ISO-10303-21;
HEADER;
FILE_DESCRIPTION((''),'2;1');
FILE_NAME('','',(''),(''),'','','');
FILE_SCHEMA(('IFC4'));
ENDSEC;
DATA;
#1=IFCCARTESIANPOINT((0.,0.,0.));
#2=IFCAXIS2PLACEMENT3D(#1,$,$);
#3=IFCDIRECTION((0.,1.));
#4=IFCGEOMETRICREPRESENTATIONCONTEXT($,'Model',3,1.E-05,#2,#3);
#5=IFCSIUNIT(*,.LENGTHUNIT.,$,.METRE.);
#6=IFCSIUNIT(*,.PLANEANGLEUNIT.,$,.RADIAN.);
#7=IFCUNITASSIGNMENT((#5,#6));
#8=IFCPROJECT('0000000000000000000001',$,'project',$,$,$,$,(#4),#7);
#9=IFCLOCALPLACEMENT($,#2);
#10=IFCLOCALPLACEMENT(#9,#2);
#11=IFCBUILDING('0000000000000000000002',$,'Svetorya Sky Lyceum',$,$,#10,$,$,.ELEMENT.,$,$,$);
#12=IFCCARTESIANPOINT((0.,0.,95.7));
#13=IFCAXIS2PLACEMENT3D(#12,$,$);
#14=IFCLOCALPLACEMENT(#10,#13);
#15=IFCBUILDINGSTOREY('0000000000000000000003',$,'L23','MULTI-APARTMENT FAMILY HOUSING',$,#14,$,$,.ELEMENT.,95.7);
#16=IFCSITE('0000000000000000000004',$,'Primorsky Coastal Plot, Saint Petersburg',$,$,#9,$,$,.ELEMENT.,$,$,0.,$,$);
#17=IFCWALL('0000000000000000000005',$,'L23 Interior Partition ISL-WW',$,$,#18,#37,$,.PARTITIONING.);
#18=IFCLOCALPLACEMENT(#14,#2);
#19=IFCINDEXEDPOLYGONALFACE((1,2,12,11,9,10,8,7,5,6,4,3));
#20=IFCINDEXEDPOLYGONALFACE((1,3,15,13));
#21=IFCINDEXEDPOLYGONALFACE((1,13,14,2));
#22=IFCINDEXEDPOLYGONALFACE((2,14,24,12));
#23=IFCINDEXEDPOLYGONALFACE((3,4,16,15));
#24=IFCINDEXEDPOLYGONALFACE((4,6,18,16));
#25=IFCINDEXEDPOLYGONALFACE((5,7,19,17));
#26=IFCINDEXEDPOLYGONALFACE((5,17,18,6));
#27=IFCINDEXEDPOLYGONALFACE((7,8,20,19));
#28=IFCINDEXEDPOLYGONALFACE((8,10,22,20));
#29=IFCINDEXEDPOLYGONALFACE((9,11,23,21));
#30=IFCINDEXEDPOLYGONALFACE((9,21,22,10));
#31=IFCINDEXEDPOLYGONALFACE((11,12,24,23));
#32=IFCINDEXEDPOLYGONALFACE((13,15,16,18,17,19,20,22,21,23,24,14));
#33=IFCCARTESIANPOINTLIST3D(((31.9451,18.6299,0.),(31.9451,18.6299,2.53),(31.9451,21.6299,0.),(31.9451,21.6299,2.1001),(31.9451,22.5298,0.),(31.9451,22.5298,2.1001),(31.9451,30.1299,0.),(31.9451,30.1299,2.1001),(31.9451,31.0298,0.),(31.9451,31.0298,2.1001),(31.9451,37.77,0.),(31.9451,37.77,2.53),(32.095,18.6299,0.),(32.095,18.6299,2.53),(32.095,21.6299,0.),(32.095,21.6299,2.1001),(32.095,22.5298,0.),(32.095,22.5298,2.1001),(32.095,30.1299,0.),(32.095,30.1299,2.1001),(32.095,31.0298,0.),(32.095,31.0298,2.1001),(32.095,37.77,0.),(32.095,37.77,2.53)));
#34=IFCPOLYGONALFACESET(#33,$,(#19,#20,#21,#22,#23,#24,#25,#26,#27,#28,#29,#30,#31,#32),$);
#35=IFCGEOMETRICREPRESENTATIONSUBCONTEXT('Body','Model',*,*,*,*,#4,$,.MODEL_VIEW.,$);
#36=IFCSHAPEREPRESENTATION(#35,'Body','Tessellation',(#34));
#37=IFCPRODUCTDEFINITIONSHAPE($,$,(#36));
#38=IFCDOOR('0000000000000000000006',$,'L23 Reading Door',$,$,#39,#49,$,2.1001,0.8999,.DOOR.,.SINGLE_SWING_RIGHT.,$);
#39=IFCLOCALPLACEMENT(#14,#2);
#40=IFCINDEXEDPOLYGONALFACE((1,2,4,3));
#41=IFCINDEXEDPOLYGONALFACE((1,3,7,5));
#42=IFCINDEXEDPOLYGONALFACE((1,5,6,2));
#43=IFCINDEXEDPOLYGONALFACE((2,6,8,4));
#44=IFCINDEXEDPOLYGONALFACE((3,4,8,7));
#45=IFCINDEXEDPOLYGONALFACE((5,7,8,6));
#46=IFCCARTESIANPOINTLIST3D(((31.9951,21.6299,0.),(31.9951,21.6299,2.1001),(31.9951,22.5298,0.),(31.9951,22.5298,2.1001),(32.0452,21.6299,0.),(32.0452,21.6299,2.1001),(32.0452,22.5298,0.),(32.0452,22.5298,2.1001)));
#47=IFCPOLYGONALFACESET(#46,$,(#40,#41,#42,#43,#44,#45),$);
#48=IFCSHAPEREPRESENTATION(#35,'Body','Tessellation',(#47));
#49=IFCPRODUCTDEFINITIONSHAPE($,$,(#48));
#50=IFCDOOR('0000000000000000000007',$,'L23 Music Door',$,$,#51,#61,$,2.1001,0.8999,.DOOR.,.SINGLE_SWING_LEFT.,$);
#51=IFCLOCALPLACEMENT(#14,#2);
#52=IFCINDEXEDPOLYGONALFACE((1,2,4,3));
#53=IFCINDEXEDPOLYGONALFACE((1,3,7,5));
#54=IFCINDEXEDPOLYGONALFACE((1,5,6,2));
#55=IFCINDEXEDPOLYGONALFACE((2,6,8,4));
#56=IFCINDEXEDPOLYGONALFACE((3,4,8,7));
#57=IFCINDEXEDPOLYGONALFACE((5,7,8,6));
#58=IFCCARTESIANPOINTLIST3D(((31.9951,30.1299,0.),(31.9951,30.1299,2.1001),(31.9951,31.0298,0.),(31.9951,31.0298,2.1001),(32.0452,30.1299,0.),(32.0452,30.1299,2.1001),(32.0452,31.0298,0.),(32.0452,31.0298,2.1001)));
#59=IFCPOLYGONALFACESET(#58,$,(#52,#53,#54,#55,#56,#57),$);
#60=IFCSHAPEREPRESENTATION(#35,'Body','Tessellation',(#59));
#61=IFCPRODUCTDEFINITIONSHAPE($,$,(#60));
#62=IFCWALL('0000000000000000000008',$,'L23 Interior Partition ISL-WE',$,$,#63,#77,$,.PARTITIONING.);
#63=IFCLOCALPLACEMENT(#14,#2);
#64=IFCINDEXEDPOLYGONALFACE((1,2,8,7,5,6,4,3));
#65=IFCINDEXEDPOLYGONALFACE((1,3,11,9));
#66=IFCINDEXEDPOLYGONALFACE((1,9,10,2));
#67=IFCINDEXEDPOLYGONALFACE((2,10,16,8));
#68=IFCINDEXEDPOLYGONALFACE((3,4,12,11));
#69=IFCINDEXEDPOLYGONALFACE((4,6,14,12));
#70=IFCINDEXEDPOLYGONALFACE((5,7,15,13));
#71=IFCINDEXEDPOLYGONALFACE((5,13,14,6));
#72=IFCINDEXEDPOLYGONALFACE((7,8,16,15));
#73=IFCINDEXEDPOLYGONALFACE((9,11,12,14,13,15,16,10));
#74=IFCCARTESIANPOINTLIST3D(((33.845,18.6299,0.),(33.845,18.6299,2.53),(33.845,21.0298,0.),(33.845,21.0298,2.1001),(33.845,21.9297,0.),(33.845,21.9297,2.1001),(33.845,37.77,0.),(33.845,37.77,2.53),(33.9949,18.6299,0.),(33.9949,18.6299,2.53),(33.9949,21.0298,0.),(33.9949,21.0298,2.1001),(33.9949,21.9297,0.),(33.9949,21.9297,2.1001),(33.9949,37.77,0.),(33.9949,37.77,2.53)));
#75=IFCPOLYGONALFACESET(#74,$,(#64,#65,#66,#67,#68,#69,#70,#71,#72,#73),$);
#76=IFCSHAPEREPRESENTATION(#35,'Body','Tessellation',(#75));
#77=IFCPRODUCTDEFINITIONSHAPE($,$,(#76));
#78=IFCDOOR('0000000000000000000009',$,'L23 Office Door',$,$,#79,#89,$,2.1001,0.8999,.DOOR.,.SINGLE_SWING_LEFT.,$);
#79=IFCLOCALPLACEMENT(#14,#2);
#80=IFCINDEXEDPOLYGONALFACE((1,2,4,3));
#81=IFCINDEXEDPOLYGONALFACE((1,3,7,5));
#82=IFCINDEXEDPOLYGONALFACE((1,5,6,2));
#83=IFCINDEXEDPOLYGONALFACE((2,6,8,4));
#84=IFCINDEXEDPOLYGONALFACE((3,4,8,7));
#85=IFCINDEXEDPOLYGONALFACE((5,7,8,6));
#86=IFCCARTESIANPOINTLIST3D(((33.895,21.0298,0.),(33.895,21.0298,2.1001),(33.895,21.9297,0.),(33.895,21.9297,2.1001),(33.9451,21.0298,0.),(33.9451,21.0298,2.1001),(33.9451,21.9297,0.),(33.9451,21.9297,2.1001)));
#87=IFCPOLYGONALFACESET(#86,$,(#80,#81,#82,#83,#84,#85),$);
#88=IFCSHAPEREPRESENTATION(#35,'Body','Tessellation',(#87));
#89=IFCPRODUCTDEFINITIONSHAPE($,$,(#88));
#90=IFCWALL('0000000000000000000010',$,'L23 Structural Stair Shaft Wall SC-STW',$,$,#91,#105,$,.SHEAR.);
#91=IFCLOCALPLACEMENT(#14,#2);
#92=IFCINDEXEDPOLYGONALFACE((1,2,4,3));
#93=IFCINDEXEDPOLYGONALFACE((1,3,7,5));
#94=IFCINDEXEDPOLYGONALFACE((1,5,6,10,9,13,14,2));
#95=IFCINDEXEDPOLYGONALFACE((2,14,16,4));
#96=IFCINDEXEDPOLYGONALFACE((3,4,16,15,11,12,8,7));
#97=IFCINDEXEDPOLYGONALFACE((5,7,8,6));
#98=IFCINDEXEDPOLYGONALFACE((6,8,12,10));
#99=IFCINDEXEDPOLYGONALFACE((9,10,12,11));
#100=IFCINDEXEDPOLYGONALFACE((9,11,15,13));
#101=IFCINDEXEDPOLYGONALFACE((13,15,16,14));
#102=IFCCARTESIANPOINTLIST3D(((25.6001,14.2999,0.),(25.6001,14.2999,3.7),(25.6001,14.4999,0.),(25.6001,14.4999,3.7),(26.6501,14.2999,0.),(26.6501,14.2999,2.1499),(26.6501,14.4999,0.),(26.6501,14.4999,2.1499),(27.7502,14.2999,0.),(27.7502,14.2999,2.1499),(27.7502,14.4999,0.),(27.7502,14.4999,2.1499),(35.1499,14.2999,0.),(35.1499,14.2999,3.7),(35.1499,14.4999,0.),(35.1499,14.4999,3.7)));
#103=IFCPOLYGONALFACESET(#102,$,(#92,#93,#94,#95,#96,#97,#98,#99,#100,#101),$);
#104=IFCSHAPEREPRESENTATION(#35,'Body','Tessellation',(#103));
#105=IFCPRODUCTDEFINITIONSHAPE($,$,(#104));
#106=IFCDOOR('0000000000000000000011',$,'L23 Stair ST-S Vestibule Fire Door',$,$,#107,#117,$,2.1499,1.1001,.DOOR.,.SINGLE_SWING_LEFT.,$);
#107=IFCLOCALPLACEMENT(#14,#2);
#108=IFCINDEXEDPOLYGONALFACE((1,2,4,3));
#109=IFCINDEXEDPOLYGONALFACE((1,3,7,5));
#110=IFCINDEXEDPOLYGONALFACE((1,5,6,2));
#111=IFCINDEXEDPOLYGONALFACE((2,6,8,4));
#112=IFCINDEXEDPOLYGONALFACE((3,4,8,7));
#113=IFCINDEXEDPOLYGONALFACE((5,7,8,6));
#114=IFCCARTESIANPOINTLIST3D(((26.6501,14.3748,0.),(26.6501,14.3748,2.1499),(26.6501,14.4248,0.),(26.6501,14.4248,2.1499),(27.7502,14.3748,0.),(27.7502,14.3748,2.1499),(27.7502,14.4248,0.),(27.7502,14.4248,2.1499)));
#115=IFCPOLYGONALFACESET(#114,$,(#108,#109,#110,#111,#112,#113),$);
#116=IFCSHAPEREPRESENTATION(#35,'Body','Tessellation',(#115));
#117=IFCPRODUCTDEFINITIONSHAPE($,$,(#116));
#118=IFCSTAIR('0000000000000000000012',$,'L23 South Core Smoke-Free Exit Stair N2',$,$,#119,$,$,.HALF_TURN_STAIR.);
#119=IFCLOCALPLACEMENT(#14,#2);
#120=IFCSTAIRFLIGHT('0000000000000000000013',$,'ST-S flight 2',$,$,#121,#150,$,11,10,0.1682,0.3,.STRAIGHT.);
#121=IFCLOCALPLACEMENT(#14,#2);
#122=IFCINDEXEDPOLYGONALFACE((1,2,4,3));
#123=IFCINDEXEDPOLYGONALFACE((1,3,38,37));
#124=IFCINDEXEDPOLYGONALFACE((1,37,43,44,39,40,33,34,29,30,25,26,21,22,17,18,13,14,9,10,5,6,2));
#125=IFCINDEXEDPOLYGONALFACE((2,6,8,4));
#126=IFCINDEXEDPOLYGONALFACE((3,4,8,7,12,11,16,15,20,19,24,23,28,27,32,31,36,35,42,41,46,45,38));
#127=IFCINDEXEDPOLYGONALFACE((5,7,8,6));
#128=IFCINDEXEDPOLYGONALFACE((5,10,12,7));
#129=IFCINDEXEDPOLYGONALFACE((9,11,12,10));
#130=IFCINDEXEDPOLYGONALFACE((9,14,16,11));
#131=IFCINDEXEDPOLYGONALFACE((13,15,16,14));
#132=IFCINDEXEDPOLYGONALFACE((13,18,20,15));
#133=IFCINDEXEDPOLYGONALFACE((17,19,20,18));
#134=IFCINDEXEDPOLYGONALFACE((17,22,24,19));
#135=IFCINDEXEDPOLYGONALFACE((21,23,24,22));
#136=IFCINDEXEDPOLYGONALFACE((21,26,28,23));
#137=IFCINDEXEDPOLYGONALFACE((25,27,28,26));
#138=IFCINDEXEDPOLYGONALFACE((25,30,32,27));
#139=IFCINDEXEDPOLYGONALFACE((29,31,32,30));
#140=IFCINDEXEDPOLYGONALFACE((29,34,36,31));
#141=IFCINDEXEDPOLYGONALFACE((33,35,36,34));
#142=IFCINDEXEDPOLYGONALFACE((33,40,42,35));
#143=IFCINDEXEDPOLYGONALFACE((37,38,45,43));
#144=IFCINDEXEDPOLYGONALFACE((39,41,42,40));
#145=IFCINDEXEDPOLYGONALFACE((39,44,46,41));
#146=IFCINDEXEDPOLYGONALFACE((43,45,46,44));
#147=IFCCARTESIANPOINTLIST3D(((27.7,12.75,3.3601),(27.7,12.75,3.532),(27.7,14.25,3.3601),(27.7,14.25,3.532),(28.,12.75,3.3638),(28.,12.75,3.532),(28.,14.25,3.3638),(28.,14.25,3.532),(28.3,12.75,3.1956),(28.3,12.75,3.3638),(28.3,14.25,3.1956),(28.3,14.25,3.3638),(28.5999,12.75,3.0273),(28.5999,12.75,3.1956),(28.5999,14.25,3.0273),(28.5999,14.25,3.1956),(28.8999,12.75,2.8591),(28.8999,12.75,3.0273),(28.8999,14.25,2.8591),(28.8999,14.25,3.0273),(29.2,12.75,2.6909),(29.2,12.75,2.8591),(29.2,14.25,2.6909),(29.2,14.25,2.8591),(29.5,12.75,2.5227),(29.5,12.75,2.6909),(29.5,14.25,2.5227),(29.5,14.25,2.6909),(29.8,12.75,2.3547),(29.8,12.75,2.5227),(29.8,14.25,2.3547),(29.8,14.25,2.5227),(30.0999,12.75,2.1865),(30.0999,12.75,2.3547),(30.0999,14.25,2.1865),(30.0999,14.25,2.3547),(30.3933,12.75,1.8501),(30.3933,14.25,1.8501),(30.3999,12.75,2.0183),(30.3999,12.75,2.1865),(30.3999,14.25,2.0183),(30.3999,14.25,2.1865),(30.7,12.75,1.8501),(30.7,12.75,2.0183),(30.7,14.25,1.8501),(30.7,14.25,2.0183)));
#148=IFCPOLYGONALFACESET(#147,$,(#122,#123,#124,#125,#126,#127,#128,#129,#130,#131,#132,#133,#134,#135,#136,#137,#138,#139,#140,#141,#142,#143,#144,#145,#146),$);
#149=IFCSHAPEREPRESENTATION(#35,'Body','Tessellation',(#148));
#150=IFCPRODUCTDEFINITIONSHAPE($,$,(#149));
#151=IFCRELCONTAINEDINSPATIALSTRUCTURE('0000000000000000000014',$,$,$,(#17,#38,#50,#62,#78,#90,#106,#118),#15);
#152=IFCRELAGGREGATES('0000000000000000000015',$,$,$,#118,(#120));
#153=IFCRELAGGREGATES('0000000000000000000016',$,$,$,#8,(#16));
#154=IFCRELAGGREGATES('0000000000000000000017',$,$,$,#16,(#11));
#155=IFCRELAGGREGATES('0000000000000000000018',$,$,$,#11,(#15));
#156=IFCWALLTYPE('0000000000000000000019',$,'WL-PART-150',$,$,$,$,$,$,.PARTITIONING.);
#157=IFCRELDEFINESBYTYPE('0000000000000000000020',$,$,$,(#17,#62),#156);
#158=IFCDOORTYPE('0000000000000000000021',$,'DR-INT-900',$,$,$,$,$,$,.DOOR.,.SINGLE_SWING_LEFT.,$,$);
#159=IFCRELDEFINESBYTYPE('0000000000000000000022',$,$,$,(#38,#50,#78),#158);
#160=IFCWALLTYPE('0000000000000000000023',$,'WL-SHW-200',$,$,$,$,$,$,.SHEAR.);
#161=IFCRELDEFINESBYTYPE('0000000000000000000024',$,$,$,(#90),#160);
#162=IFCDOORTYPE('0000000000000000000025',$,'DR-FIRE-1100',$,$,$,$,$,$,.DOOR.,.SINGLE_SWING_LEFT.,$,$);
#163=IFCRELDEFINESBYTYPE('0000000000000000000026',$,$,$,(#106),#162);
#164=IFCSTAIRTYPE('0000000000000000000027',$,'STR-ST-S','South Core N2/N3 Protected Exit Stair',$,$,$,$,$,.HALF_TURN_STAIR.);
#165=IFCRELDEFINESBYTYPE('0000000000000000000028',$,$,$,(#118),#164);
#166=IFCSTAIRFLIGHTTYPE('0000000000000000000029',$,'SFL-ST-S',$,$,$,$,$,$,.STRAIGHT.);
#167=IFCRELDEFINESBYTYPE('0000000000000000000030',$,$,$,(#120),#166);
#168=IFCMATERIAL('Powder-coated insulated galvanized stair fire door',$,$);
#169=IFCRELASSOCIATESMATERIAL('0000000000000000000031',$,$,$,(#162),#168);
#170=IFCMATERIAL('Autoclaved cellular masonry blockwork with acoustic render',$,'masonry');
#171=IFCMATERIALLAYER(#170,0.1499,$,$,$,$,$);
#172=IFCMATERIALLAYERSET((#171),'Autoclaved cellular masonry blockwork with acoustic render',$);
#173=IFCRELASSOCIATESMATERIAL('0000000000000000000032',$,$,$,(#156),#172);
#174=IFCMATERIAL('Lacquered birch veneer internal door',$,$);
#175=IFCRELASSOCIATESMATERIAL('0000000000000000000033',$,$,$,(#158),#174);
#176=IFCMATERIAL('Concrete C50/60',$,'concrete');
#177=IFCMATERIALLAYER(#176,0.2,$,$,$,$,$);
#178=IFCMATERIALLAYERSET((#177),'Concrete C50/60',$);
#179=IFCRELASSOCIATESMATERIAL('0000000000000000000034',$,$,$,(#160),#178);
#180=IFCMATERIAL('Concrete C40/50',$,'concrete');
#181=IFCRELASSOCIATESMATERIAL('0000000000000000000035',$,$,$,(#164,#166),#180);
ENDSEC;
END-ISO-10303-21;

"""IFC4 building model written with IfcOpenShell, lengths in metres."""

from ifc_helpers import new_model, si_unit, direction, frame, frame_2d, origin, place, context, subcontext, project, spatial, polyline, rectangle, outline, extrude, material, layer, layer_set, type_object, element, fill, aggregate, save


model = new_model("IFC4")

# Units and contexts
model_context = context("Model", 3, precision=1e-05, world=origin(), true_north=direction((0.0, 1.0)))
body_context = subcontext(model_context, "Body", "Model", "MODEL_VIEW")
ifc_project = project(units=[si_unit("LENGTHUNIT", "METRE"), si_unit("PLANEANGLEUNIT", "RADIAN")], contexts=[model_context])

# Site, building, storey
site_placement = place(None, origin())
site = spatial("IfcSite", under=ifc_project, at=site_placement, Name="Primorsky Coastal Plot, Saint Petersburg", CompositionType="ELEMENT", RefElevation=0.0)
building_placement = place(site_placement, origin())
building = spatial("IfcBuilding", under=site, at=building_placement, Name="Svetorya Sky Lyceum", CompositionType="ELEMENT")
storey_placement = place(building_placement, frame((0.0, 0.0, 95.7)))
storey = spatial("IfcBuildingStorey", under=building, at=storey_placement, Name="L23", Description="MULTI-APARTMENT FAMILY HOUSING", CompositionType="ELEMENT", Elevation=95.7)

# Shared definitions
ifc_material_1 = material(Name="Concrete C50/60", Category="concrete")

# Shared definitions
ifc_material_2 = material(Name="Powder-coated insulated galvanized stair fire door")
door_type_1 = type_object("IfcDoorType", Name="DR-FIRE-1100", OperationType="SINGLE_SWING_LEFT", PredefinedType="DOOR", material=ifc_material_2)

# Shared definitions
ifc_material_3 = material(Name="Autoclaved cellular masonry blockwork with acoustic render", Category="masonry")
ifc_layer_1 = layer(ifc_material_3, 0.1499)
ifc_layer_set_1 = layer_set([ifc_layer_1], Name="Autoclaved cellular masonry blockwork with acoustic render")
wall_type_1 = type_object("IfcWallType", Name="WL-PART-150", PredefinedType="PARTITIONING", material=ifc_layer_set_1)

# Wall, openings, doors
wall_1_placement = place(storey_placement, frame((32.02, 18.6299, 0.0), z_axis=(0.0, 0.0, 1.0), x_axis=(0.0, 1.0, 0.0)))
wall_1 = element("IfcWall", 1, at=wall_1_placement, inside=storey, type_object=wall_type_1, Name="L23 Interior Partition ISL-WW", PredefinedType="PARTITIONING", context=body_context, shape_type="SweptSolid", body=[
    extrude(rectangle(XDim=19.1401, YDim=0.1499, at=frame_2d((9.5701, 0.0))), origin(), (0.0, 0.0, 1.0), 2.53),
])
opening_1_placement = place(wall_1_placement, frame((3.0, 0.0, 0.0)))
opening_1 = element("IfcOpeningElement", 2, at=opening_1_placement, cuts=wall_1, PredefinedType="OPENING", context=body_context, shape_type="SweptSolid", body=[
    extrude(rectangle(XDim=0.8999, YDim=2.1001, at=frame_2d((0.45, 1.05))), frame((0.0, 0.085, 0.0), z_axis=(0.0, -1.0, 0.0), x_axis=(1.0, 0.0, 0.0)), (0.0, 0.0, 1.0), 0.1699),
])
opening_2_placement = place(wall_1_placement, frame((11.5, 0.0, 0.0)))
opening_2 = element("IfcOpeningElement", 3, at=opening_2_placement, cuts=wall_1, PredefinedType="OPENING", context=body_context, shape_type="SweptSolid", body=[
    extrude(rectangle(XDim=0.8999, YDim=2.1001, at=frame_2d((0.45, 1.05))), frame((0.0, 0.085, 0.0), z_axis=(0.0, -1.0, 0.0), x_axis=(1.0, 0.0, 0.0)), (0.0, 0.0, 1.0), 0.1699),
])
ifc_material_4 = material(Name="Lacquered birch veneer internal door")
door_type_2 = type_object("IfcDoorType", Name="DR-INT-900", OperationType="SINGLE_SWING_LEFT", PredefinedType="DOOR", material=ifc_material_4)
door_1_placement = place(opening_1_placement, origin())
door_1 = element("IfcDoor", 4, at=door_1_placement, inside=storey, type_object=door_type_2, Name="L23 Reading Door", OperationType="SINGLE_SWING_RIGHT", OverallHeight=2.1001, OverallWidth=0.8999, PredefinedType="DOOR", context=body_context, shape_type="SweptSolid", body=[
    extrude(rectangle(XDim=0.8999, YDim=2.1001, at=frame_2d((0.45, 1.05))), frame((0.0, 0.0249, 0.0), z_axis=(0.0, -1.0, 0.0), x_axis=(1.0, 0.0, 0.0)), (0.0, 0.0, 1.0), 0.05),
])
fill(opening_1, door_1)
door_2_placement = place(opening_2_placement, origin())
door_2 = element("IfcDoor", 5, at=door_2_placement, inside=storey, type_object=door_type_2, Name="L23 Music Door", OperationType="SINGLE_SWING_LEFT", OverallHeight=2.1001, OverallWidth=0.8999, PredefinedType="DOOR", context=body_context, shape_type="SweptSolid", body=[
    extrude(rectangle(XDim=0.8999, YDim=2.1001, at=frame_2d((0.45, 1.05))), frame((0.0, 0.0249, 0.0), z_axis=(0.0, -1.0, 0.0), x_axis=(1.0, 0.0, 0.0)), (0.0, 0.0, 1.0), 0.05),
])
fill(opening_2, door_2)

# Walls, openings, doors
wall_2_placement = place(storey_placement, frame((33.9199, 18.6299, 0.0), z_axis=(0.0, 0.0, 1.0), x_axis=(0.0, 1.0, 0.0)))
wall_2 = element("IfcWall", 6, at=wall_2_placement, inside=storey, type_object=wall_type_1, Name="L23 Interior Partition ISL-WE", PredefinedType="PARTITIONING", context=body_context, shape_type="SweptSolid", body=[
    extrude(rectangle(XDim=19.1401, YDim=0.1499, at=frame_2d((9.5701, 0.0))), origin(), (0.0, 0.0, 1.0), 2.53),
])
opening_3_placement = place(wall_2_placement, frame((2.3999, 0.0, 0.0)))
opening_3 = element("IfcOpeningElement", 7, at=opening_3_placement, cuts=wall_2, PredefinedType="OPENING", context=body_context, shape_type="SweptSolid", body=[
    extrude(rectangle(XDim=0.8999, YDim=2.1001, at=frame_2d((0.45, 1.05))), frame((0.0, 0.085, 0.0), z_axis=(0.0, -1.0, 0.0), x_axis=(1.0, 0.0, 0.0)), (0.0, 0.0, 1.0), 0.1699),
])
door_3_placement = place(opening_3_placement, origin())
door_3 = element("IfcDoor", 8, at=door_3_placement, inside=storey, type_object=door_type_2, Name="L23 Office Door", OperationType="SINGLE_SWING_LEFT", OverallHeight=2.1001, OverallWidth=0.8999, PredefinedType="DOOR", context=body_context, shape_type="SweptSolid", body=[
    extrude(rectangle(XDim=0.8999, YDim=2.1001, at=frame_2d((0.45, 1.05))), frame((0.0, 0.0249, 0.0), z_axis=(0.0, -1.0, 0.0), x_axis=(1.0, 0.0, 0.0)), (0.0, 0.0, 1.0), 0.05),
])
fill(opening_3, door_3)
ifc_layer_2 = layer(ifc_material_1, 0.2)
ifc_layer_set_2 = layer_set([ifc_layer_2], Name="Concrete C50/60")
wall_type_2 = type_object("IfcWallType", Name="WL-SHW-200", PredefinedType="SHEAR", material=ifc_layer_set_2)
wall_3_placement = place(storey_placement, frame((25.6001, 14.3999, 0.0), z_axis=(0.0, 0.0, 1.0), x_axis=(1.0, 0.0, 0.0)))
wall_3 = element("IfcWall", 9, at=wall_3_placement, inside=storey, type_object=wall_type_2, Name="L23 Structural Stair Shaft Wall SC-STW", PredefinedType="SHEAR", context=body_context, shape_type="SweptSolid", body=[
    extrude(rectangle(XDim=9.5498, YDim=0.2, at=frame_2d((4.7749, 0.0))), origin(), (0.0, 0.0, 1.0), 3.7),
])
opening_4_placement = place(wall_3_placement, frame((1.05, 0.0, 0.0)))
opening_4 = element("IfcOpeningElement", 10, at=opening_4_placement, cuts=wall_3, PredefinedType="OPENING", context=body_context, shape_type="SweptSolid", body=[
    extrude(rectangle(XDim=1.1001, YDim=2.1499, at=frame_2d((0.55, 1.075))), frame((0.0, 0.1099, 0.0), z_axis=(0.0, -1.0, 0.0), x_axis=(1.0, 0.0, 0.0)), (0.0, 0.0, 1.0), 0.22),
])
door_4_placement = place(opening_4_placement, origin())
door_4 = element("IfcDoor", 11, at=door_4_placement, inside=storey, type_object=door_type_1, Name="L23 Stair ST-S Vestibule Fire Door", OperationType="SINGLE_SWING_LEFT", OverallHeight=2.1499, OverallWidth=1.1001, PredefinedType="DOOR", context=body_context, shape_type="SweptSolid", body=[
    extrude(rectangle(XDim=1.1001, YDim=2.1499, at=frame_2d((0.55, 1.075))), frame((0.0, 0.0249, 0.0), z_axis=(0.0, -1.0, 0.0), x_axis=(1.0, 0.0, 0.0)), (0.0, 0.0, 1.0), 0.05),
])
fill(opening_4, door_4)

# Stair, stair flight
ifc_material_5 = material(Name="Concrete C40/50", Category="concrete")
stair_type = type_object("IfcStairType", Name="STR-ST-S", Description="South Core N2/N3 Protected Exit Stair", PredefinedType="HALF_TURN_STAIR", material=ifc_material_5)
stair_placement = place(storey_placement, origin())
stair = element("IfcStair", 12, at=stair_placement, inside=storey, type_object=stair_type, Name="L23 South Core Smoke-Free Exit Stair N2", PredefinedType="HALF_TURN_STAIR")
stair_flight_type = type_object("IfcStairFlightType", Name="SFL-ST-S", PredefinedType="STRAIGHT", material=ifc_material_5)
stair_flight_placement = place(storey_placement, frame((30.7, 13.5, 1.8501), z_axis=(0.0, 0.0, 1.0), x_axis=(-1.0, 0.0, 0.0)))
stair_flight = element("IfcStairFlight", 13, at=stair_flight_placement, type_object=stair_flight_type, Name="ST-S flight 2", NumberOfRisers=11, NumberOfTreads=10, PredefinedType="STRAIGHT", RiserHeight=0.1682, TreadLength=0.3, context=body_context, shape_type="SweptSolid", body=[
    extrude(outline(polyline([(0.0, 0.0), (0.0, 0.1682), (0.3, 0.1682), (0.3, 0.3364), (0.6001, 0.3364), (0.6001, 0.5046), (0.8999, 0.5046), (0.8999, 0.6726), (1.2, 0.6726), (1.2, 0.8408), (1.5, 0.8408), (1.5, 1.009), (1.8, 1.009), (1.8, 1.1772), (2.1001, 1.1772), (2.1001, 1.3455), (2.3999, 1.3455), (2.3999, 1.5137), (2.7, 1.5137), (2.7, 1.6819), (3.0, 1.6819), (3.0, 1.8501), (3.0, 1.51), (0.3066, 0.0), (0.0, 0.0)])), frame((0.0, 0.75, 0.0), z_axis=(0.0, -1.0, 0.0), x_axis=(1.0, 0.0, 0.0)), (0.0, 0.0, 1.0), 1.5),
])
aggregate(stair, [stair_flight])

save(model, "model.ifc")
